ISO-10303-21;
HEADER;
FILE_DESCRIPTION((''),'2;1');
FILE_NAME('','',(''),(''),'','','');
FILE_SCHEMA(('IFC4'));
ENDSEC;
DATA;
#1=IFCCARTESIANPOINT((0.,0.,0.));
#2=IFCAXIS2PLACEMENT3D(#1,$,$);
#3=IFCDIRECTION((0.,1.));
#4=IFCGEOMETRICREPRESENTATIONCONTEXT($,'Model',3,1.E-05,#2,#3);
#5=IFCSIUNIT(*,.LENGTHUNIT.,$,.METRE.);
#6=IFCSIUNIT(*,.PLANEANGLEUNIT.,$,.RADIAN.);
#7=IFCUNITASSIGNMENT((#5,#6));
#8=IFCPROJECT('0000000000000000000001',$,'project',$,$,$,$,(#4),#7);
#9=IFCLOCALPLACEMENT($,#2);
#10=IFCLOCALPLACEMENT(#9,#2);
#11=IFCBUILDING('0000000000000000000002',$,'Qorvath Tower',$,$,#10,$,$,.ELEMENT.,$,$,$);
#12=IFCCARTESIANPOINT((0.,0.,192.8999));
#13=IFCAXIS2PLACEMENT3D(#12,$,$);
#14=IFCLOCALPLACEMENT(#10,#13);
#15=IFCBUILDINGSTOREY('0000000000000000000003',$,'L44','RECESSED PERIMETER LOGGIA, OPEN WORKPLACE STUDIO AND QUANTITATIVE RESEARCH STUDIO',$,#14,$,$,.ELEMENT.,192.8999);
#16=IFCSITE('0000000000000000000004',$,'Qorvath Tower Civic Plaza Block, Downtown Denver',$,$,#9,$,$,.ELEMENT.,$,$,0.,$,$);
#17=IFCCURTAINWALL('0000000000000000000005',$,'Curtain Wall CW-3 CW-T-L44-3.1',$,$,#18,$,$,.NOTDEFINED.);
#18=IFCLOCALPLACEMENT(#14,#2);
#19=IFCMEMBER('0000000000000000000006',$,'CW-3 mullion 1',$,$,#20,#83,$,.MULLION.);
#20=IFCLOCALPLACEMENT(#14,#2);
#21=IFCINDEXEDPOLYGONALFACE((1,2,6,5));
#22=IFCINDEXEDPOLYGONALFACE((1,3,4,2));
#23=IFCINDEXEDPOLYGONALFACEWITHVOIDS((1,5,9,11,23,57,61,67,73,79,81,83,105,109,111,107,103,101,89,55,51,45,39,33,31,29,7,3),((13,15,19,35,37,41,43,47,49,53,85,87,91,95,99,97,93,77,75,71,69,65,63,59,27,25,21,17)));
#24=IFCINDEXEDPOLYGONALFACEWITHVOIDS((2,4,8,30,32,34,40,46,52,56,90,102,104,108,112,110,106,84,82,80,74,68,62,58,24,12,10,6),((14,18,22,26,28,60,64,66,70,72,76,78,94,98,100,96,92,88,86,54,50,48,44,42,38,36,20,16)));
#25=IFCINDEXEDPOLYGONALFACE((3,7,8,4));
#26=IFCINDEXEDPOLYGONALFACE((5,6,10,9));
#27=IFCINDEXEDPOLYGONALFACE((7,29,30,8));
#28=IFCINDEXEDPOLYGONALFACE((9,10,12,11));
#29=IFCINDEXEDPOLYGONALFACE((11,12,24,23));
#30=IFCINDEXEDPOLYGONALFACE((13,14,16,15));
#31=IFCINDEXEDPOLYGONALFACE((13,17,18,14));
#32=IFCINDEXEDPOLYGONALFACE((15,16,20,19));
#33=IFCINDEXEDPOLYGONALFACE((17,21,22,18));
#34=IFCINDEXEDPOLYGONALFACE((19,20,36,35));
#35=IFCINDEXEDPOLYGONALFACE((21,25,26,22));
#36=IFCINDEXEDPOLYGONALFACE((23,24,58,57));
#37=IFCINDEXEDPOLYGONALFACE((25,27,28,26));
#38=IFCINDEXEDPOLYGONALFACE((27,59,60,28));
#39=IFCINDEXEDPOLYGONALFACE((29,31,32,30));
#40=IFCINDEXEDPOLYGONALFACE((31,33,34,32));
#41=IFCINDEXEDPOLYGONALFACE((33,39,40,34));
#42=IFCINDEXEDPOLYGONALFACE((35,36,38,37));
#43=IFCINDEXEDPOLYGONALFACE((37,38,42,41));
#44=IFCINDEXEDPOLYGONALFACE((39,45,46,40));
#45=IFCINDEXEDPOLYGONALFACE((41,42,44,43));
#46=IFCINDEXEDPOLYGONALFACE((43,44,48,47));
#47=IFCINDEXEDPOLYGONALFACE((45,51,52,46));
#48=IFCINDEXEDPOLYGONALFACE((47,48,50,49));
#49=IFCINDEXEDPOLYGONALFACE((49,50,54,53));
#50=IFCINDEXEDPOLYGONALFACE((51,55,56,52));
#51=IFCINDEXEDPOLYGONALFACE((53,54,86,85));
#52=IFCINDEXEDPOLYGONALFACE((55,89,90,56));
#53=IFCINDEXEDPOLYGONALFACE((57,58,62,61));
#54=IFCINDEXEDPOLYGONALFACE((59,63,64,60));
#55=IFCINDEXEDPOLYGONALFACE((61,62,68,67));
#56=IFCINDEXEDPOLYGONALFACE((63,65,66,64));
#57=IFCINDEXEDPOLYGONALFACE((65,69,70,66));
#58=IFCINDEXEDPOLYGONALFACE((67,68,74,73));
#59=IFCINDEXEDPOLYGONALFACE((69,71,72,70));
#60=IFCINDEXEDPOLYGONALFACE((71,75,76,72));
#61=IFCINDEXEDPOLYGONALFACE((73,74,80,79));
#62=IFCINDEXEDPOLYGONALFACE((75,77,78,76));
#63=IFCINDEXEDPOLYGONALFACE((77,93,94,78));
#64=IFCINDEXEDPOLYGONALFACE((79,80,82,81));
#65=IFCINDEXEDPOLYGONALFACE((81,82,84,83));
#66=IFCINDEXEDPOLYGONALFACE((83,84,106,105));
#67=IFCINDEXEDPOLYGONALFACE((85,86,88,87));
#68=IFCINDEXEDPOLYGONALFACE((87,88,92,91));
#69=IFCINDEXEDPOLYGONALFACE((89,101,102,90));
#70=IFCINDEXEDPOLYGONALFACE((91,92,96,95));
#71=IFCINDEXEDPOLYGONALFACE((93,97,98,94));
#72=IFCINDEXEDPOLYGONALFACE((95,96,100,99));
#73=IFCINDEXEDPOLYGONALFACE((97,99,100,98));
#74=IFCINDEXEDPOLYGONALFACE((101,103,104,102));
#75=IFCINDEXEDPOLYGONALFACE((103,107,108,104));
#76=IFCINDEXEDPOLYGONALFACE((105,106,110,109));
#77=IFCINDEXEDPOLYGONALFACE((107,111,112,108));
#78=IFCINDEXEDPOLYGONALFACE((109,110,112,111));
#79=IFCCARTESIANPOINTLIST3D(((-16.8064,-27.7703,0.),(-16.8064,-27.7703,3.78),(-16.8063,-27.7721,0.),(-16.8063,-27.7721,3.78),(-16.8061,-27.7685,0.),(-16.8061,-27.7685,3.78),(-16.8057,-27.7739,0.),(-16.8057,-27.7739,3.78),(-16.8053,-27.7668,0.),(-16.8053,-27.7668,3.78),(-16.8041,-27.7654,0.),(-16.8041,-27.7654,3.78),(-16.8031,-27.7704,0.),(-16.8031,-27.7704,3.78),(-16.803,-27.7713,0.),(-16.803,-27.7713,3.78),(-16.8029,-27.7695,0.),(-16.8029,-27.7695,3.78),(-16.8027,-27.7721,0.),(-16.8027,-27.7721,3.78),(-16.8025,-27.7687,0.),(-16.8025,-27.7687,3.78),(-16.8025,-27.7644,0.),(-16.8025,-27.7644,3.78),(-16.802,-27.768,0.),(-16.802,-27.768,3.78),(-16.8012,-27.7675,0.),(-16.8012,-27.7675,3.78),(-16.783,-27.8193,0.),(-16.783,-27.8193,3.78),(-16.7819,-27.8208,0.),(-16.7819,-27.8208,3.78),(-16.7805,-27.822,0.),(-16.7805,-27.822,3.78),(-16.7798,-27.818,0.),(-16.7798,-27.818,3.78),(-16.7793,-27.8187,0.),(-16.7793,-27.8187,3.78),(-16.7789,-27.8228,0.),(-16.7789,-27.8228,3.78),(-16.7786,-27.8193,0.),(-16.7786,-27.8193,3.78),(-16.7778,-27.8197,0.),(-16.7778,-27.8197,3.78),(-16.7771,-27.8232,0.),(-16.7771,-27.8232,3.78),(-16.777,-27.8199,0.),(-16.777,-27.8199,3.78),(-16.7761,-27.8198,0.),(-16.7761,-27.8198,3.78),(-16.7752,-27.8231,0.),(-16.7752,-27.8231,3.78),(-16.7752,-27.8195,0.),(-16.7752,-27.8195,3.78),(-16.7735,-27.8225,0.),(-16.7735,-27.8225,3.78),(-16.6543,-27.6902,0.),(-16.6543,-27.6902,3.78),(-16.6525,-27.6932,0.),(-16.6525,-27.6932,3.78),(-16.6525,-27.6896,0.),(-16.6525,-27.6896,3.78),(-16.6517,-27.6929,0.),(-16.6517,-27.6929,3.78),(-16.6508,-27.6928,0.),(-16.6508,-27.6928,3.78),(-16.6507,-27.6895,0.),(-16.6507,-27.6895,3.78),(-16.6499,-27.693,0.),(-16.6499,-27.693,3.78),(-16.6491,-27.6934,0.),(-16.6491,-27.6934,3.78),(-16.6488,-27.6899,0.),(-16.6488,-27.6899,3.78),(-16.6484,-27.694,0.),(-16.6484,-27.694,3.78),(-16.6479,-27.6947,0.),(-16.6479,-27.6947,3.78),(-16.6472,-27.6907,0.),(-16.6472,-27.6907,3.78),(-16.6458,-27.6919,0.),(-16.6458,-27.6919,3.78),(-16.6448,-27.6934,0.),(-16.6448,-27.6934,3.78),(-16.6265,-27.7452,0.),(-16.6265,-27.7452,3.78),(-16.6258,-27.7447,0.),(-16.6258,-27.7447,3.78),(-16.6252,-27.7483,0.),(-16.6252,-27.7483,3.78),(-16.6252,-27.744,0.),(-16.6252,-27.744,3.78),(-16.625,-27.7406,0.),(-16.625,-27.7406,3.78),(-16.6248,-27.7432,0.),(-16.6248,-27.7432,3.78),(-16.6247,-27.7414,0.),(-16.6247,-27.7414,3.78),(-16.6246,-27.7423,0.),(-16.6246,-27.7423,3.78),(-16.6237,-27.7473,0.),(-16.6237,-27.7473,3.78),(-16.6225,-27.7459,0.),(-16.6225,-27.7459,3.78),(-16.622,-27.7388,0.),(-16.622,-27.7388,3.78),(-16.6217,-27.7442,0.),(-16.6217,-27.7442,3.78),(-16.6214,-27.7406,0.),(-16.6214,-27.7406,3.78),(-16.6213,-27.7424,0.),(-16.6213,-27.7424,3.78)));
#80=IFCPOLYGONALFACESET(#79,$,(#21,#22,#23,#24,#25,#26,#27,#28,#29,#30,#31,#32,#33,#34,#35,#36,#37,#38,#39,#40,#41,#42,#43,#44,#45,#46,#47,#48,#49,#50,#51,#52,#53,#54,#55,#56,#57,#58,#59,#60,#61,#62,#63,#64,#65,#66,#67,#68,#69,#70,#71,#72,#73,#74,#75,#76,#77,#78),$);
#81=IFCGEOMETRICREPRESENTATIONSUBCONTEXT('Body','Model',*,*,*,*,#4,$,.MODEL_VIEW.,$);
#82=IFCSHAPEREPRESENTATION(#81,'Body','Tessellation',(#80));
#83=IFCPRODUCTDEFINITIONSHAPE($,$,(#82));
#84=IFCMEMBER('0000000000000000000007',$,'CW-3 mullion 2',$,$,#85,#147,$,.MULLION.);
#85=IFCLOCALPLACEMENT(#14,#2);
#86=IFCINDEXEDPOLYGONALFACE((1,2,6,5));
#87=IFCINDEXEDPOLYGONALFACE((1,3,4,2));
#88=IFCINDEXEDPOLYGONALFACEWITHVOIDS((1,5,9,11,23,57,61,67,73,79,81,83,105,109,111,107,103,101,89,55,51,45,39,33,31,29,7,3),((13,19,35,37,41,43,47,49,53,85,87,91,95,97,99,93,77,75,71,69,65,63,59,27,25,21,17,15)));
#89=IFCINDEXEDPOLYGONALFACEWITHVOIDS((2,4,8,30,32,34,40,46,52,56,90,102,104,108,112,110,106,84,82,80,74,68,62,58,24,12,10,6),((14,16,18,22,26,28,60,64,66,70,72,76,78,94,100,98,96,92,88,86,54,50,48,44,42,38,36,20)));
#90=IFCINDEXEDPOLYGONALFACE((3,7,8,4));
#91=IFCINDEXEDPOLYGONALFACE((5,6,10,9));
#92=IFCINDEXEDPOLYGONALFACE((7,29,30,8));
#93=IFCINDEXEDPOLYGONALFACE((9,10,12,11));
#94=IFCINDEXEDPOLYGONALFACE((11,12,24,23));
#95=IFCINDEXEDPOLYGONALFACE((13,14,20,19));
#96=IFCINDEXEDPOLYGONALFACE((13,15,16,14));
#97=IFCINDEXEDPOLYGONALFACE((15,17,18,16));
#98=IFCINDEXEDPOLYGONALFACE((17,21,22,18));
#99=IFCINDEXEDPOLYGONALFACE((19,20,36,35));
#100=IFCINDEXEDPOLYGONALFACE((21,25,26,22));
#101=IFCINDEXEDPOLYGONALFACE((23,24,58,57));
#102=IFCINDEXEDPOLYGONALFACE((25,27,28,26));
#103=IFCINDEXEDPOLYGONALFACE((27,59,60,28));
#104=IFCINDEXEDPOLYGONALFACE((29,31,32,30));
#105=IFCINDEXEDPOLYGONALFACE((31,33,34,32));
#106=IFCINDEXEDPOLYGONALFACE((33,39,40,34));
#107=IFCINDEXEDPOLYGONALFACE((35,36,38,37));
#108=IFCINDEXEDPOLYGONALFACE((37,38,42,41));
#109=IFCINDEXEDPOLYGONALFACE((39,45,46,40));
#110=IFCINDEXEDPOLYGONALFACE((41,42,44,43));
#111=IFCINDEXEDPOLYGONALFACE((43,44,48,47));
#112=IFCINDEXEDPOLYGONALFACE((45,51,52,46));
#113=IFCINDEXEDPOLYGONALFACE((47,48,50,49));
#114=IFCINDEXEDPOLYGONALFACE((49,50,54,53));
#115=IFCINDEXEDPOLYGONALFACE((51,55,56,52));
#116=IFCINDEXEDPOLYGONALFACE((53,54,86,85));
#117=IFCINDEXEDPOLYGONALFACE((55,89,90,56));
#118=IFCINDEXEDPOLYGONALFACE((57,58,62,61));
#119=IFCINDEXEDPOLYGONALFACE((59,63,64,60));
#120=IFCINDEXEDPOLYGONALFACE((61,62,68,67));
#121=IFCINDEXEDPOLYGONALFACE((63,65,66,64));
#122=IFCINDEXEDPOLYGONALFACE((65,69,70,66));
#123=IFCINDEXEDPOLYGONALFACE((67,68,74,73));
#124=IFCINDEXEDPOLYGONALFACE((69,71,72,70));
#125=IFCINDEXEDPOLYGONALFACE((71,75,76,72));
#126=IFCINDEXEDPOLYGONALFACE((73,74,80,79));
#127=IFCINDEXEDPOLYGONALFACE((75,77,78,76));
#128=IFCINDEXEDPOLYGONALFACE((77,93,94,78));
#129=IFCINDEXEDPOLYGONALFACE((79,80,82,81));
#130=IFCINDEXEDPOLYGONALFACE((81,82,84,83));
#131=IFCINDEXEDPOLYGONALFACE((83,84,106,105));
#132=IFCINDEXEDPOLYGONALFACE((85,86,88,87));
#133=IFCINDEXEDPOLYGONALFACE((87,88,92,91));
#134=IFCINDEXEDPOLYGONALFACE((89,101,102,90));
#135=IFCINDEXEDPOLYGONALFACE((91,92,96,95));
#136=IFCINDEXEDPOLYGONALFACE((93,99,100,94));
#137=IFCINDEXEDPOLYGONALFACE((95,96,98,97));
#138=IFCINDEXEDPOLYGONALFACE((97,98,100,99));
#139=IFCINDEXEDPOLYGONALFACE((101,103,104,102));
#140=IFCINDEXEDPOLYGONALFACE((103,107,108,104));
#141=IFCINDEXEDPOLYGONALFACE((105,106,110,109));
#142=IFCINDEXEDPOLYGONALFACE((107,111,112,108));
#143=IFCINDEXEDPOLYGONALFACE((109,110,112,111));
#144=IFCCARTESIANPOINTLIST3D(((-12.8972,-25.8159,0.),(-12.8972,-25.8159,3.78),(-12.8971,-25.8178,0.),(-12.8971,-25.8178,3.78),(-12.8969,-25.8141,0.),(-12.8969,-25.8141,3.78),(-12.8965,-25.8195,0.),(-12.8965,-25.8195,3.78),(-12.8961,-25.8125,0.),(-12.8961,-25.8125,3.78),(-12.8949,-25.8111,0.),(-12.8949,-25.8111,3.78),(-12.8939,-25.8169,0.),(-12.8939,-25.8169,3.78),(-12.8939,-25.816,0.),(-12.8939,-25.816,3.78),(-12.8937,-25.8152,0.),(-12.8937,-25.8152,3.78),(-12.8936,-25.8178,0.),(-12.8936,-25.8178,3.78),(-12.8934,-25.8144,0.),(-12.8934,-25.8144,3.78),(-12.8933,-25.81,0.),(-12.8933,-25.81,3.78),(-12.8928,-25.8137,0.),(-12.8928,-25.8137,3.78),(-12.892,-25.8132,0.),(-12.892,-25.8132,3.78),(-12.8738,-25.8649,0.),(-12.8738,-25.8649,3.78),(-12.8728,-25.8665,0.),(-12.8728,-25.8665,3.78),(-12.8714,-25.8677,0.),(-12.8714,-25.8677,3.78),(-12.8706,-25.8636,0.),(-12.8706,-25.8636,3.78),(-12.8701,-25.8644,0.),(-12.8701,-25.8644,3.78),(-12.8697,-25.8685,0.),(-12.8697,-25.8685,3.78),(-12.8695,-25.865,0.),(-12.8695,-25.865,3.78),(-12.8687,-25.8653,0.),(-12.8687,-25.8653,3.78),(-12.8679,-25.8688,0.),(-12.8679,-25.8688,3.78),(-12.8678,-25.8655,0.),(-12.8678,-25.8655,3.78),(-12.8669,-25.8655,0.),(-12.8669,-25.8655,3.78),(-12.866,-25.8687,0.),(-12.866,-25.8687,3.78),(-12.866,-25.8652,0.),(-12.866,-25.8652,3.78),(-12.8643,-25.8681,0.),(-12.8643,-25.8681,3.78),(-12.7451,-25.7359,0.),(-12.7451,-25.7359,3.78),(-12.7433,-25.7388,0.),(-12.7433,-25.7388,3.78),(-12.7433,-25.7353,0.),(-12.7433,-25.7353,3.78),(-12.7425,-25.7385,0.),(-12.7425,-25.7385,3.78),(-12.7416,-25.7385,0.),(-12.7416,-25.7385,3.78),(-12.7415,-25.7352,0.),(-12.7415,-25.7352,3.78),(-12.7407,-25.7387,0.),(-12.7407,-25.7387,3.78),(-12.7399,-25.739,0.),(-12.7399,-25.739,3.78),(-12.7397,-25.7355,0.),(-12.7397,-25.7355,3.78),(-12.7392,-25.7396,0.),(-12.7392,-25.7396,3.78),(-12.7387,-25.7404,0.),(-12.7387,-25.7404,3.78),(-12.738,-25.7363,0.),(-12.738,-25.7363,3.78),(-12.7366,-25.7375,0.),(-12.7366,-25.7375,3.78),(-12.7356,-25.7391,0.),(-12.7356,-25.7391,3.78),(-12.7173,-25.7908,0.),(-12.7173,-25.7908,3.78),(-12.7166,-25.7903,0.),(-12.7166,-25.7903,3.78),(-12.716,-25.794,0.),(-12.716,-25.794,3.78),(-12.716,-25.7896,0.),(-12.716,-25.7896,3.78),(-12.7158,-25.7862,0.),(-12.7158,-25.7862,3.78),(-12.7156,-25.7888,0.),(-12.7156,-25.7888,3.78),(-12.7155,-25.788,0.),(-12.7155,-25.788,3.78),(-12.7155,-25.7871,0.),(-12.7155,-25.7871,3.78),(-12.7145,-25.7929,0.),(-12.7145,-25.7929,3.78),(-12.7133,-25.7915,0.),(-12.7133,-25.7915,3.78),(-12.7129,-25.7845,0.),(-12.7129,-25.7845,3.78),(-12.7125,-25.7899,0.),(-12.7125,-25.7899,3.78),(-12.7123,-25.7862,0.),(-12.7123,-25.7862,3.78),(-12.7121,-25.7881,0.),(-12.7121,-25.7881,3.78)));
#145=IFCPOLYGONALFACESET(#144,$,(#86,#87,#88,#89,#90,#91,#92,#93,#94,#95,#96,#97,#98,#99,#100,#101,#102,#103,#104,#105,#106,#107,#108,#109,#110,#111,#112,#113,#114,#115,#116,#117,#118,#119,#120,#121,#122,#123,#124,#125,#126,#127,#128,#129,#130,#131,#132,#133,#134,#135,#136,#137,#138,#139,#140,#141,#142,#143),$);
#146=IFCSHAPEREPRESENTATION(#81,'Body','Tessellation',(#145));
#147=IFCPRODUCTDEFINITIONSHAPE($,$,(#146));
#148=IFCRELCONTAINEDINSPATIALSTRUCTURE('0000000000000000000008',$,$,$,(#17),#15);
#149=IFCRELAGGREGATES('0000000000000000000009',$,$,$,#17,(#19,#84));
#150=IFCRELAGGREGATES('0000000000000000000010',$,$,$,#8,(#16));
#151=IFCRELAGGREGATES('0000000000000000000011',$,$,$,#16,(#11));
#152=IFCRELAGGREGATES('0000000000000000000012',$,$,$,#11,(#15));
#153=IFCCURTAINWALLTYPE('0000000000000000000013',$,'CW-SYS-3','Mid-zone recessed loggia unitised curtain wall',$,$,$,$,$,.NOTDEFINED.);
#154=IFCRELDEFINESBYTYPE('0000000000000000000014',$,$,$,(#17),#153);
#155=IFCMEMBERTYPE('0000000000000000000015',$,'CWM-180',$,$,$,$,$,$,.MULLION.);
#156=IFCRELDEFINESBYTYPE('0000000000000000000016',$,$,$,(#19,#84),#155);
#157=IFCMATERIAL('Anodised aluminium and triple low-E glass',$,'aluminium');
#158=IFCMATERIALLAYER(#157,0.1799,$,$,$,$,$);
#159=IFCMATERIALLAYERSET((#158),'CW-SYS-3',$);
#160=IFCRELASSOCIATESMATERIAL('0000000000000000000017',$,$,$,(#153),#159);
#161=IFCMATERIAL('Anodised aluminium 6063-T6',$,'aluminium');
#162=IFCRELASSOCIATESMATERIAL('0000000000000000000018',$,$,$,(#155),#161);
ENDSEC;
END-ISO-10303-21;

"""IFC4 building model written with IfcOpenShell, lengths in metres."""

from ifc_helpers import new_model, si_unit, direction, frame, origin, origin_2d, place, context, subcontext, project, spatial, hollow_rectangle, extrude, material, layer, layer_set, material_profile, profile_set, type_object, element, aggregate, save


model = new_model("IFC4")

# Units and contexts
model_context = context("Model", 3, precision=1e-05, world=origin(), true_north=direction((0.0, 1.0)))
body_context = subcontext(model_context, "Body", "Model", "MODEL_VIEW")
ifc_project = project(units=[si_unit("LENGTHUNIT", "METRE"), si_unit("PLANEANGLEUNIT", "RADIAN")], contexts=[model_context])

# Site, building, storey
site_placement = place(None, origin())
site = spatial("IfcSite", under=ifc_project, at=site_placement, Name="Qorvath Tower Civic Plaza Block, Downtown Denver", CompositionType="ELEMENT", RefElevation=0.0)
building_placement = place(site_placement, origin())
building = spatial("IfcBuilding", under=site, at=building_placement, Name="Qorvath Tower", CompositionType="ELEMENT")
storey_placement = place(building_placement, frame((0.0, 0.0, 192.8999)))
storey = spatial("IfcBuildingStorey", under=building, at=storey_placement, Name="L44", Description="RECESSED PERIMETER LOGGIA, OPEN WORKPLACE STUDIO AND QUANTITATIVE RESEARCH STUDIO", CompositionType="ELEMENT", Elevation=192.8999)

# Curtain wall, members
ifc_material_1 = material(Name="Anodised aluminium and triple low-E glass", Category="aluminium")
ifc_layer_1 = layer(ifc_material_1, 0.1799)
ifc_layer_set_1 = layer_set([ifc_layer_1], Name="CW-SYS-3")
curtain_wall_type = type_object("IfcCurtainWallType", Name="CW-SYS-3", Description="Mid-zone recessed loggia unitised curtain wall", PredefinedType="NOTDEFINED", material=ifc_layer_set_1)
ifc_material_2 = material(Name="Anodised aluminium 6063-T6", Category="aluminium")
ifc_material_profile_1 = material_profile(ifc_material_2, hollow_rectangle(XDim=0.0649, YDim=0.1799, WallThickness=0.0034, InnerFilletRadius=0.0034, OuterFilletRadius=0.0071, at=origin_2d()), Name="CWM 180x65")
ifc_profile_set_1 = profile_set([ifc_material_profile_1], Name="Anodised aluminium 6063-T6")
member_type_1 = type_object("IfcMemberType", Name="CWM-180", PredefinedType="MULLION", material=ifc_profile_set_1)
curtain_wall_1_placement = place(storey_placement, origin())
curtain_wall_1 = element("IfcCurtainWall", 1, at=curtain_wall_1_placement, inside=storey, type_object=curtain_wall_type, Name="Curtain Wall CW-3 CW-T-L44-3.1", PredefinedType="NOTDEFINED")
member_1_placement = place(storey_placement, frame((-16.7139, -27.7563, 0.0), z_axis=(0.0, 0.0, 1.0), x_axis=(-0.447205, 0.894432, 0.0)))
member_1 = element("IfcMember", 2, at=member_1_placement, type_object=member_type_1, Name="CW-3 mullion 1", PredefinedType="MULLION", context=body_context, shape_type="SweptSolid", body=[
    extrude(hollow_rectangle(XDim=0.0649, YDim=0.1799, WallThickness=0.0034, InnerFilletRadius=0.0034, OuterFilletRadius=0.0071, at=origin_2d()), origin(), (0.0, 0.0, 1.0), 3.78),
])
member_2_placement = place(storey_placement, frame((-12.8047, -25.802, 0.0), z_axis=(0.0, 0.0, 1.0), x_axis=(-0.447205, 0.894432, 0.0)))
member_2 = element("IfcMember", 3, at=member_2_placement, type_object=member_type_1, Name="CW-3 mullion 2", PredefinedType="MULLION", context=body_context, shape_type="SweptSolid", body=[
    extrude(hollow_rectangle(XDim=0.0649, YDim=0.1799, WallThickness=0.0034, InnerFilletRadius=0.0034, OuterFilletRadius=0.0071, at=origin_2d()), origin(), (0.0, 0.0, 1.0), 3.78),
])

aggregate(curtain_wall_1, [member_1, member_2])

save(model, "model.ifc")
